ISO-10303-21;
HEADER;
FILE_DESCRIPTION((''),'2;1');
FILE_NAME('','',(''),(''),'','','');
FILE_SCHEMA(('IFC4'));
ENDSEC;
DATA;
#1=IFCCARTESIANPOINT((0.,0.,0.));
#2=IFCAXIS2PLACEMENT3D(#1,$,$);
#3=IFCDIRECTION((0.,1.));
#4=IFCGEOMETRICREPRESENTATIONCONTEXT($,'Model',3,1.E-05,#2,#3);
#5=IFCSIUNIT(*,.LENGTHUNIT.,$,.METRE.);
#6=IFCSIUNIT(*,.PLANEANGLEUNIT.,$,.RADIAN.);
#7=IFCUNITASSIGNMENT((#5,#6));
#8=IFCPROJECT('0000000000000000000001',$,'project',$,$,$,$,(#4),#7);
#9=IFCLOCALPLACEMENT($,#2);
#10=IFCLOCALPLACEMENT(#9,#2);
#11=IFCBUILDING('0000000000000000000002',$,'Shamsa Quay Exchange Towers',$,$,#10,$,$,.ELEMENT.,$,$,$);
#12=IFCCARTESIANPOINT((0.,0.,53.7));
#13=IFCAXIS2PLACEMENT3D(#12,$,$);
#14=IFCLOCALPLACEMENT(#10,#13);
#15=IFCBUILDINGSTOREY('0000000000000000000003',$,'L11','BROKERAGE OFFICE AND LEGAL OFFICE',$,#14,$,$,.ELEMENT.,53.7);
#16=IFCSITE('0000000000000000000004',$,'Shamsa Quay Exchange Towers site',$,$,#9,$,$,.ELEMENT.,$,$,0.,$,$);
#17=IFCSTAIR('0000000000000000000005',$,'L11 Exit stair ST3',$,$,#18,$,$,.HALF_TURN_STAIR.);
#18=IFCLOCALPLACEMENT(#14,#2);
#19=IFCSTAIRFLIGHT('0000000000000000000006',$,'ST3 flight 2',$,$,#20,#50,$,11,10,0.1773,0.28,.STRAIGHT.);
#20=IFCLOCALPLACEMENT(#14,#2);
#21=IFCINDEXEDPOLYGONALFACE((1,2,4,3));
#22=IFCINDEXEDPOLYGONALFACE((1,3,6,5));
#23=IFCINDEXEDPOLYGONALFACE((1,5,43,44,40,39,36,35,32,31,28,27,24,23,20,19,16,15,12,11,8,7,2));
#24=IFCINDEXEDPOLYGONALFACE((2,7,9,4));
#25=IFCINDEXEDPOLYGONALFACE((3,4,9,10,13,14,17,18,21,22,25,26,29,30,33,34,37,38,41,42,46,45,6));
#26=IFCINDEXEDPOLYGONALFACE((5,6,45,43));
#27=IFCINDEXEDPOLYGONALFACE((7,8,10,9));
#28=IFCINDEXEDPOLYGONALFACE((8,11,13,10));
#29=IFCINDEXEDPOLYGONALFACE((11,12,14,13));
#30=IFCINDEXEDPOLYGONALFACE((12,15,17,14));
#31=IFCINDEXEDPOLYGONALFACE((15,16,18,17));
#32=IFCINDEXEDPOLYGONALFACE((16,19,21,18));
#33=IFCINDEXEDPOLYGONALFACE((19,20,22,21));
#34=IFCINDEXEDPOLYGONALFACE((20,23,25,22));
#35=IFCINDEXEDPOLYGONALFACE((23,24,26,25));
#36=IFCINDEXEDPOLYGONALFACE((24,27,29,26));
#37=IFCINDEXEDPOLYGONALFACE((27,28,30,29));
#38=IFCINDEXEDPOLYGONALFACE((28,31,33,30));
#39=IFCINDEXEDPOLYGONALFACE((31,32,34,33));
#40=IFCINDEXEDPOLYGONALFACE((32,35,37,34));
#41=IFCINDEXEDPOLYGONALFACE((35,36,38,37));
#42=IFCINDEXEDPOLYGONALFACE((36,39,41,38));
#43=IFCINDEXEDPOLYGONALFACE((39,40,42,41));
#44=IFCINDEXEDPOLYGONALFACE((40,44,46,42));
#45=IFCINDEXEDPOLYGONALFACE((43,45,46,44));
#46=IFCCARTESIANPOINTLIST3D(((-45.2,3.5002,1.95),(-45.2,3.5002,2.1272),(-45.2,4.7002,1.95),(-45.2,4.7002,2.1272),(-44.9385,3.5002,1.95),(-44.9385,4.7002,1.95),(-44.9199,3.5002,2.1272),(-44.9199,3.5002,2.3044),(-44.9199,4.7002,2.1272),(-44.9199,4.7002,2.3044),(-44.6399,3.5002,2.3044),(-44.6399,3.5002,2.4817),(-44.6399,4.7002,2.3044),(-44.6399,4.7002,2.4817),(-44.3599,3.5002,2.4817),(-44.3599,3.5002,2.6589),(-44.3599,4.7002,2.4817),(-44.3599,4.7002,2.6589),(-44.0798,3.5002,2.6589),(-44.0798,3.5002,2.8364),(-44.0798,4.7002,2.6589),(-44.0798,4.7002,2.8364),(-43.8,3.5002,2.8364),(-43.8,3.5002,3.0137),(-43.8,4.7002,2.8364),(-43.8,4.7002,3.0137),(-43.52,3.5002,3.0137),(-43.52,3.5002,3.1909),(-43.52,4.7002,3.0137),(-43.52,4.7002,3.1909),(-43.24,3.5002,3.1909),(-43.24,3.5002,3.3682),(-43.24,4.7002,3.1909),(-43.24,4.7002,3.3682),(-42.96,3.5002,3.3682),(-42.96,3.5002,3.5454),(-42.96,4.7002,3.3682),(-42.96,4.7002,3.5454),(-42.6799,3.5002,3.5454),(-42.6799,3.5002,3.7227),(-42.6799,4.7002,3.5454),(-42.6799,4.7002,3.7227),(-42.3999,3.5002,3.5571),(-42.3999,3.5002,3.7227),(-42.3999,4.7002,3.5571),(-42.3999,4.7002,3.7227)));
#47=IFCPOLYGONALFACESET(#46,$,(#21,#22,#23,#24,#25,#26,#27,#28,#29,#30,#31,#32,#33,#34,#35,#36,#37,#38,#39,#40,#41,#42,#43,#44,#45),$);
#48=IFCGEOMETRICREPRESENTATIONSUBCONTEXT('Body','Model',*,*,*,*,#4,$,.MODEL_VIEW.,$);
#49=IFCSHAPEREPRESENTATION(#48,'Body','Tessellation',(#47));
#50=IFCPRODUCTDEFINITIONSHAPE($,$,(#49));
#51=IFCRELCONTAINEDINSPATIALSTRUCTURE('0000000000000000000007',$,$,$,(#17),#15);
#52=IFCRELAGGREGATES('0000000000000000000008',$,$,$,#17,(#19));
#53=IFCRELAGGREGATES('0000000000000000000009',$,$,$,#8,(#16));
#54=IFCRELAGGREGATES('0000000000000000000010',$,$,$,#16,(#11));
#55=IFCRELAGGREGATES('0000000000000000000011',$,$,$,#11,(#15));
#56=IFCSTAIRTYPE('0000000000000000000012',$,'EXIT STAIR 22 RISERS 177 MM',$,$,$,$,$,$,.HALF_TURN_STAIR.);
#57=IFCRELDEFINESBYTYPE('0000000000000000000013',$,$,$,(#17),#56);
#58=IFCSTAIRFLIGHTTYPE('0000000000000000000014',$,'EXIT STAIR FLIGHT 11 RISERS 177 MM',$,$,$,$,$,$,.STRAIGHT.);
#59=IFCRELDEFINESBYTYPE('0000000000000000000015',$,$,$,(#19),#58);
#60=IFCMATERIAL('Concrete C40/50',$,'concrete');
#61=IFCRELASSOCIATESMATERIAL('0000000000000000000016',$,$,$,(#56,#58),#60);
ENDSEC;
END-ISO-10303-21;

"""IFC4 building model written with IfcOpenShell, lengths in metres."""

from ifc_helpers import new_model, si_unit, direction, frame, origin, place, context, subcontext, project, spatial, polyline, outline, extrude, material, type_object, element, aggregate, save


model = new_model("IFC4")

# Units and contexts
model_context = context("Model", 3, precision=1e-05, world=origin(), true_north=direction((0.0, 1.0)))
body_context = subcontext(model_context, "Body", "Model", "MODEL_VIEW")
ifc_project = project(units=[si_unit("LENGTHUNIT", "METRE"), si_unit("PLANEANGLEUNIT", "RADIAN")], contexts=[model_context])

# Site, building, storey
site_placement = place(None, origin())
site = spatial("IfcSite", under=ifc_project, at=site_placement, Name="Shamsa Quay Exchange Towers site", CompositionType="ELEMENT", RefElevation=0.0)
building_placement = place(site_placement, origin())
building = spatial("IfcBuilding", under=site, at=building_placement, Name="Shamsa Quay Exchange Towers", CompositionType="ELEMENT")
storey_placement = place(building_placement, frame((0.0, 0.0, 53.7)))
storey = spatial("IfcBuildingStorey", under=building, at=storey_placement, Name="L11", Description="BROKERAGE OFFICE AND LEGAL OFFICE", CompositionType="ELEMENT", Elevation=53.7)

# Stair, stair flight
ifc_material_1 = material(Name="Concrete C40/50", Category="concrete")
stair_type = type_object("IfcStairType", Name="EXIT STAIR 22 RISERS 177 MM", PredefinedType="HALF_TURN_STAIR", material=ifc_material_1)
stair_placement = place(storey_placement, origin())
stair = element("IfcStair", 1, at=stair_placement, inside=storey, type_object=stair_type, Name="L11 Exit stair ST3", PredefinedType="HALF_TURN_STAIR")
stair_flight_type = type_object("IfcStairFlightType", Name="EXIT STAIR FLIGHT 11 RISERS 177 MM", PredefinedType="STRAIGHT", material=ifc_material_1)
stair_flight_1_placement = place(storey_placement, frame((-45.2, 4.1001, 1.95)))
stair_flight_1 = element("IfcStairFlight", 2, at=stair_flight_1_placement, type_object=stair_flight_type, Name="ST3 flight 2", NumberOfRisers=11, NumberOfTreads=10, PredefinedType="STRAIGHT", RiserHeight=0.1773, TreadLength=0.28, context=body_context, shape_type="SweptSolid", body=[
    extrude(outline(polyline([(0.0, 0.0), (0.0, 0.1772), (0.28, 0.1772), (0.28, 0.3545), (0.5601, 0.3545), (0.5601, 0.5317), (0.8401, 0.5317), (0.8401, 0.709), (1.1201, 0.709), (1.1201, 0.8865), (1.3999, 0.8865), (1.3999, 1.0637), (1.6799, 1.0637), (1.6799, 1.241), (1.96, 1.241), (1.96, 1.4182), (2.24, 1.4182), (2.24, 1.5955), (2.52, 1.5955), (2.52, 1.7727), (2.8, 1.7727), (2.8, 1.95), (2.8, 1.6072), (0.2615, 0.0), (0.0, 0.0)])), frame((0.0, 0.6001, 0.0), z_axis=(0.0, -1.0, 0.0), x_axis=(1.0, 0.0, 0.0)), (0.0, 0.0, 1.0), 1.2),
])
aggregate(stair, [stair_flight_1])

save(model, "model.ifc")
